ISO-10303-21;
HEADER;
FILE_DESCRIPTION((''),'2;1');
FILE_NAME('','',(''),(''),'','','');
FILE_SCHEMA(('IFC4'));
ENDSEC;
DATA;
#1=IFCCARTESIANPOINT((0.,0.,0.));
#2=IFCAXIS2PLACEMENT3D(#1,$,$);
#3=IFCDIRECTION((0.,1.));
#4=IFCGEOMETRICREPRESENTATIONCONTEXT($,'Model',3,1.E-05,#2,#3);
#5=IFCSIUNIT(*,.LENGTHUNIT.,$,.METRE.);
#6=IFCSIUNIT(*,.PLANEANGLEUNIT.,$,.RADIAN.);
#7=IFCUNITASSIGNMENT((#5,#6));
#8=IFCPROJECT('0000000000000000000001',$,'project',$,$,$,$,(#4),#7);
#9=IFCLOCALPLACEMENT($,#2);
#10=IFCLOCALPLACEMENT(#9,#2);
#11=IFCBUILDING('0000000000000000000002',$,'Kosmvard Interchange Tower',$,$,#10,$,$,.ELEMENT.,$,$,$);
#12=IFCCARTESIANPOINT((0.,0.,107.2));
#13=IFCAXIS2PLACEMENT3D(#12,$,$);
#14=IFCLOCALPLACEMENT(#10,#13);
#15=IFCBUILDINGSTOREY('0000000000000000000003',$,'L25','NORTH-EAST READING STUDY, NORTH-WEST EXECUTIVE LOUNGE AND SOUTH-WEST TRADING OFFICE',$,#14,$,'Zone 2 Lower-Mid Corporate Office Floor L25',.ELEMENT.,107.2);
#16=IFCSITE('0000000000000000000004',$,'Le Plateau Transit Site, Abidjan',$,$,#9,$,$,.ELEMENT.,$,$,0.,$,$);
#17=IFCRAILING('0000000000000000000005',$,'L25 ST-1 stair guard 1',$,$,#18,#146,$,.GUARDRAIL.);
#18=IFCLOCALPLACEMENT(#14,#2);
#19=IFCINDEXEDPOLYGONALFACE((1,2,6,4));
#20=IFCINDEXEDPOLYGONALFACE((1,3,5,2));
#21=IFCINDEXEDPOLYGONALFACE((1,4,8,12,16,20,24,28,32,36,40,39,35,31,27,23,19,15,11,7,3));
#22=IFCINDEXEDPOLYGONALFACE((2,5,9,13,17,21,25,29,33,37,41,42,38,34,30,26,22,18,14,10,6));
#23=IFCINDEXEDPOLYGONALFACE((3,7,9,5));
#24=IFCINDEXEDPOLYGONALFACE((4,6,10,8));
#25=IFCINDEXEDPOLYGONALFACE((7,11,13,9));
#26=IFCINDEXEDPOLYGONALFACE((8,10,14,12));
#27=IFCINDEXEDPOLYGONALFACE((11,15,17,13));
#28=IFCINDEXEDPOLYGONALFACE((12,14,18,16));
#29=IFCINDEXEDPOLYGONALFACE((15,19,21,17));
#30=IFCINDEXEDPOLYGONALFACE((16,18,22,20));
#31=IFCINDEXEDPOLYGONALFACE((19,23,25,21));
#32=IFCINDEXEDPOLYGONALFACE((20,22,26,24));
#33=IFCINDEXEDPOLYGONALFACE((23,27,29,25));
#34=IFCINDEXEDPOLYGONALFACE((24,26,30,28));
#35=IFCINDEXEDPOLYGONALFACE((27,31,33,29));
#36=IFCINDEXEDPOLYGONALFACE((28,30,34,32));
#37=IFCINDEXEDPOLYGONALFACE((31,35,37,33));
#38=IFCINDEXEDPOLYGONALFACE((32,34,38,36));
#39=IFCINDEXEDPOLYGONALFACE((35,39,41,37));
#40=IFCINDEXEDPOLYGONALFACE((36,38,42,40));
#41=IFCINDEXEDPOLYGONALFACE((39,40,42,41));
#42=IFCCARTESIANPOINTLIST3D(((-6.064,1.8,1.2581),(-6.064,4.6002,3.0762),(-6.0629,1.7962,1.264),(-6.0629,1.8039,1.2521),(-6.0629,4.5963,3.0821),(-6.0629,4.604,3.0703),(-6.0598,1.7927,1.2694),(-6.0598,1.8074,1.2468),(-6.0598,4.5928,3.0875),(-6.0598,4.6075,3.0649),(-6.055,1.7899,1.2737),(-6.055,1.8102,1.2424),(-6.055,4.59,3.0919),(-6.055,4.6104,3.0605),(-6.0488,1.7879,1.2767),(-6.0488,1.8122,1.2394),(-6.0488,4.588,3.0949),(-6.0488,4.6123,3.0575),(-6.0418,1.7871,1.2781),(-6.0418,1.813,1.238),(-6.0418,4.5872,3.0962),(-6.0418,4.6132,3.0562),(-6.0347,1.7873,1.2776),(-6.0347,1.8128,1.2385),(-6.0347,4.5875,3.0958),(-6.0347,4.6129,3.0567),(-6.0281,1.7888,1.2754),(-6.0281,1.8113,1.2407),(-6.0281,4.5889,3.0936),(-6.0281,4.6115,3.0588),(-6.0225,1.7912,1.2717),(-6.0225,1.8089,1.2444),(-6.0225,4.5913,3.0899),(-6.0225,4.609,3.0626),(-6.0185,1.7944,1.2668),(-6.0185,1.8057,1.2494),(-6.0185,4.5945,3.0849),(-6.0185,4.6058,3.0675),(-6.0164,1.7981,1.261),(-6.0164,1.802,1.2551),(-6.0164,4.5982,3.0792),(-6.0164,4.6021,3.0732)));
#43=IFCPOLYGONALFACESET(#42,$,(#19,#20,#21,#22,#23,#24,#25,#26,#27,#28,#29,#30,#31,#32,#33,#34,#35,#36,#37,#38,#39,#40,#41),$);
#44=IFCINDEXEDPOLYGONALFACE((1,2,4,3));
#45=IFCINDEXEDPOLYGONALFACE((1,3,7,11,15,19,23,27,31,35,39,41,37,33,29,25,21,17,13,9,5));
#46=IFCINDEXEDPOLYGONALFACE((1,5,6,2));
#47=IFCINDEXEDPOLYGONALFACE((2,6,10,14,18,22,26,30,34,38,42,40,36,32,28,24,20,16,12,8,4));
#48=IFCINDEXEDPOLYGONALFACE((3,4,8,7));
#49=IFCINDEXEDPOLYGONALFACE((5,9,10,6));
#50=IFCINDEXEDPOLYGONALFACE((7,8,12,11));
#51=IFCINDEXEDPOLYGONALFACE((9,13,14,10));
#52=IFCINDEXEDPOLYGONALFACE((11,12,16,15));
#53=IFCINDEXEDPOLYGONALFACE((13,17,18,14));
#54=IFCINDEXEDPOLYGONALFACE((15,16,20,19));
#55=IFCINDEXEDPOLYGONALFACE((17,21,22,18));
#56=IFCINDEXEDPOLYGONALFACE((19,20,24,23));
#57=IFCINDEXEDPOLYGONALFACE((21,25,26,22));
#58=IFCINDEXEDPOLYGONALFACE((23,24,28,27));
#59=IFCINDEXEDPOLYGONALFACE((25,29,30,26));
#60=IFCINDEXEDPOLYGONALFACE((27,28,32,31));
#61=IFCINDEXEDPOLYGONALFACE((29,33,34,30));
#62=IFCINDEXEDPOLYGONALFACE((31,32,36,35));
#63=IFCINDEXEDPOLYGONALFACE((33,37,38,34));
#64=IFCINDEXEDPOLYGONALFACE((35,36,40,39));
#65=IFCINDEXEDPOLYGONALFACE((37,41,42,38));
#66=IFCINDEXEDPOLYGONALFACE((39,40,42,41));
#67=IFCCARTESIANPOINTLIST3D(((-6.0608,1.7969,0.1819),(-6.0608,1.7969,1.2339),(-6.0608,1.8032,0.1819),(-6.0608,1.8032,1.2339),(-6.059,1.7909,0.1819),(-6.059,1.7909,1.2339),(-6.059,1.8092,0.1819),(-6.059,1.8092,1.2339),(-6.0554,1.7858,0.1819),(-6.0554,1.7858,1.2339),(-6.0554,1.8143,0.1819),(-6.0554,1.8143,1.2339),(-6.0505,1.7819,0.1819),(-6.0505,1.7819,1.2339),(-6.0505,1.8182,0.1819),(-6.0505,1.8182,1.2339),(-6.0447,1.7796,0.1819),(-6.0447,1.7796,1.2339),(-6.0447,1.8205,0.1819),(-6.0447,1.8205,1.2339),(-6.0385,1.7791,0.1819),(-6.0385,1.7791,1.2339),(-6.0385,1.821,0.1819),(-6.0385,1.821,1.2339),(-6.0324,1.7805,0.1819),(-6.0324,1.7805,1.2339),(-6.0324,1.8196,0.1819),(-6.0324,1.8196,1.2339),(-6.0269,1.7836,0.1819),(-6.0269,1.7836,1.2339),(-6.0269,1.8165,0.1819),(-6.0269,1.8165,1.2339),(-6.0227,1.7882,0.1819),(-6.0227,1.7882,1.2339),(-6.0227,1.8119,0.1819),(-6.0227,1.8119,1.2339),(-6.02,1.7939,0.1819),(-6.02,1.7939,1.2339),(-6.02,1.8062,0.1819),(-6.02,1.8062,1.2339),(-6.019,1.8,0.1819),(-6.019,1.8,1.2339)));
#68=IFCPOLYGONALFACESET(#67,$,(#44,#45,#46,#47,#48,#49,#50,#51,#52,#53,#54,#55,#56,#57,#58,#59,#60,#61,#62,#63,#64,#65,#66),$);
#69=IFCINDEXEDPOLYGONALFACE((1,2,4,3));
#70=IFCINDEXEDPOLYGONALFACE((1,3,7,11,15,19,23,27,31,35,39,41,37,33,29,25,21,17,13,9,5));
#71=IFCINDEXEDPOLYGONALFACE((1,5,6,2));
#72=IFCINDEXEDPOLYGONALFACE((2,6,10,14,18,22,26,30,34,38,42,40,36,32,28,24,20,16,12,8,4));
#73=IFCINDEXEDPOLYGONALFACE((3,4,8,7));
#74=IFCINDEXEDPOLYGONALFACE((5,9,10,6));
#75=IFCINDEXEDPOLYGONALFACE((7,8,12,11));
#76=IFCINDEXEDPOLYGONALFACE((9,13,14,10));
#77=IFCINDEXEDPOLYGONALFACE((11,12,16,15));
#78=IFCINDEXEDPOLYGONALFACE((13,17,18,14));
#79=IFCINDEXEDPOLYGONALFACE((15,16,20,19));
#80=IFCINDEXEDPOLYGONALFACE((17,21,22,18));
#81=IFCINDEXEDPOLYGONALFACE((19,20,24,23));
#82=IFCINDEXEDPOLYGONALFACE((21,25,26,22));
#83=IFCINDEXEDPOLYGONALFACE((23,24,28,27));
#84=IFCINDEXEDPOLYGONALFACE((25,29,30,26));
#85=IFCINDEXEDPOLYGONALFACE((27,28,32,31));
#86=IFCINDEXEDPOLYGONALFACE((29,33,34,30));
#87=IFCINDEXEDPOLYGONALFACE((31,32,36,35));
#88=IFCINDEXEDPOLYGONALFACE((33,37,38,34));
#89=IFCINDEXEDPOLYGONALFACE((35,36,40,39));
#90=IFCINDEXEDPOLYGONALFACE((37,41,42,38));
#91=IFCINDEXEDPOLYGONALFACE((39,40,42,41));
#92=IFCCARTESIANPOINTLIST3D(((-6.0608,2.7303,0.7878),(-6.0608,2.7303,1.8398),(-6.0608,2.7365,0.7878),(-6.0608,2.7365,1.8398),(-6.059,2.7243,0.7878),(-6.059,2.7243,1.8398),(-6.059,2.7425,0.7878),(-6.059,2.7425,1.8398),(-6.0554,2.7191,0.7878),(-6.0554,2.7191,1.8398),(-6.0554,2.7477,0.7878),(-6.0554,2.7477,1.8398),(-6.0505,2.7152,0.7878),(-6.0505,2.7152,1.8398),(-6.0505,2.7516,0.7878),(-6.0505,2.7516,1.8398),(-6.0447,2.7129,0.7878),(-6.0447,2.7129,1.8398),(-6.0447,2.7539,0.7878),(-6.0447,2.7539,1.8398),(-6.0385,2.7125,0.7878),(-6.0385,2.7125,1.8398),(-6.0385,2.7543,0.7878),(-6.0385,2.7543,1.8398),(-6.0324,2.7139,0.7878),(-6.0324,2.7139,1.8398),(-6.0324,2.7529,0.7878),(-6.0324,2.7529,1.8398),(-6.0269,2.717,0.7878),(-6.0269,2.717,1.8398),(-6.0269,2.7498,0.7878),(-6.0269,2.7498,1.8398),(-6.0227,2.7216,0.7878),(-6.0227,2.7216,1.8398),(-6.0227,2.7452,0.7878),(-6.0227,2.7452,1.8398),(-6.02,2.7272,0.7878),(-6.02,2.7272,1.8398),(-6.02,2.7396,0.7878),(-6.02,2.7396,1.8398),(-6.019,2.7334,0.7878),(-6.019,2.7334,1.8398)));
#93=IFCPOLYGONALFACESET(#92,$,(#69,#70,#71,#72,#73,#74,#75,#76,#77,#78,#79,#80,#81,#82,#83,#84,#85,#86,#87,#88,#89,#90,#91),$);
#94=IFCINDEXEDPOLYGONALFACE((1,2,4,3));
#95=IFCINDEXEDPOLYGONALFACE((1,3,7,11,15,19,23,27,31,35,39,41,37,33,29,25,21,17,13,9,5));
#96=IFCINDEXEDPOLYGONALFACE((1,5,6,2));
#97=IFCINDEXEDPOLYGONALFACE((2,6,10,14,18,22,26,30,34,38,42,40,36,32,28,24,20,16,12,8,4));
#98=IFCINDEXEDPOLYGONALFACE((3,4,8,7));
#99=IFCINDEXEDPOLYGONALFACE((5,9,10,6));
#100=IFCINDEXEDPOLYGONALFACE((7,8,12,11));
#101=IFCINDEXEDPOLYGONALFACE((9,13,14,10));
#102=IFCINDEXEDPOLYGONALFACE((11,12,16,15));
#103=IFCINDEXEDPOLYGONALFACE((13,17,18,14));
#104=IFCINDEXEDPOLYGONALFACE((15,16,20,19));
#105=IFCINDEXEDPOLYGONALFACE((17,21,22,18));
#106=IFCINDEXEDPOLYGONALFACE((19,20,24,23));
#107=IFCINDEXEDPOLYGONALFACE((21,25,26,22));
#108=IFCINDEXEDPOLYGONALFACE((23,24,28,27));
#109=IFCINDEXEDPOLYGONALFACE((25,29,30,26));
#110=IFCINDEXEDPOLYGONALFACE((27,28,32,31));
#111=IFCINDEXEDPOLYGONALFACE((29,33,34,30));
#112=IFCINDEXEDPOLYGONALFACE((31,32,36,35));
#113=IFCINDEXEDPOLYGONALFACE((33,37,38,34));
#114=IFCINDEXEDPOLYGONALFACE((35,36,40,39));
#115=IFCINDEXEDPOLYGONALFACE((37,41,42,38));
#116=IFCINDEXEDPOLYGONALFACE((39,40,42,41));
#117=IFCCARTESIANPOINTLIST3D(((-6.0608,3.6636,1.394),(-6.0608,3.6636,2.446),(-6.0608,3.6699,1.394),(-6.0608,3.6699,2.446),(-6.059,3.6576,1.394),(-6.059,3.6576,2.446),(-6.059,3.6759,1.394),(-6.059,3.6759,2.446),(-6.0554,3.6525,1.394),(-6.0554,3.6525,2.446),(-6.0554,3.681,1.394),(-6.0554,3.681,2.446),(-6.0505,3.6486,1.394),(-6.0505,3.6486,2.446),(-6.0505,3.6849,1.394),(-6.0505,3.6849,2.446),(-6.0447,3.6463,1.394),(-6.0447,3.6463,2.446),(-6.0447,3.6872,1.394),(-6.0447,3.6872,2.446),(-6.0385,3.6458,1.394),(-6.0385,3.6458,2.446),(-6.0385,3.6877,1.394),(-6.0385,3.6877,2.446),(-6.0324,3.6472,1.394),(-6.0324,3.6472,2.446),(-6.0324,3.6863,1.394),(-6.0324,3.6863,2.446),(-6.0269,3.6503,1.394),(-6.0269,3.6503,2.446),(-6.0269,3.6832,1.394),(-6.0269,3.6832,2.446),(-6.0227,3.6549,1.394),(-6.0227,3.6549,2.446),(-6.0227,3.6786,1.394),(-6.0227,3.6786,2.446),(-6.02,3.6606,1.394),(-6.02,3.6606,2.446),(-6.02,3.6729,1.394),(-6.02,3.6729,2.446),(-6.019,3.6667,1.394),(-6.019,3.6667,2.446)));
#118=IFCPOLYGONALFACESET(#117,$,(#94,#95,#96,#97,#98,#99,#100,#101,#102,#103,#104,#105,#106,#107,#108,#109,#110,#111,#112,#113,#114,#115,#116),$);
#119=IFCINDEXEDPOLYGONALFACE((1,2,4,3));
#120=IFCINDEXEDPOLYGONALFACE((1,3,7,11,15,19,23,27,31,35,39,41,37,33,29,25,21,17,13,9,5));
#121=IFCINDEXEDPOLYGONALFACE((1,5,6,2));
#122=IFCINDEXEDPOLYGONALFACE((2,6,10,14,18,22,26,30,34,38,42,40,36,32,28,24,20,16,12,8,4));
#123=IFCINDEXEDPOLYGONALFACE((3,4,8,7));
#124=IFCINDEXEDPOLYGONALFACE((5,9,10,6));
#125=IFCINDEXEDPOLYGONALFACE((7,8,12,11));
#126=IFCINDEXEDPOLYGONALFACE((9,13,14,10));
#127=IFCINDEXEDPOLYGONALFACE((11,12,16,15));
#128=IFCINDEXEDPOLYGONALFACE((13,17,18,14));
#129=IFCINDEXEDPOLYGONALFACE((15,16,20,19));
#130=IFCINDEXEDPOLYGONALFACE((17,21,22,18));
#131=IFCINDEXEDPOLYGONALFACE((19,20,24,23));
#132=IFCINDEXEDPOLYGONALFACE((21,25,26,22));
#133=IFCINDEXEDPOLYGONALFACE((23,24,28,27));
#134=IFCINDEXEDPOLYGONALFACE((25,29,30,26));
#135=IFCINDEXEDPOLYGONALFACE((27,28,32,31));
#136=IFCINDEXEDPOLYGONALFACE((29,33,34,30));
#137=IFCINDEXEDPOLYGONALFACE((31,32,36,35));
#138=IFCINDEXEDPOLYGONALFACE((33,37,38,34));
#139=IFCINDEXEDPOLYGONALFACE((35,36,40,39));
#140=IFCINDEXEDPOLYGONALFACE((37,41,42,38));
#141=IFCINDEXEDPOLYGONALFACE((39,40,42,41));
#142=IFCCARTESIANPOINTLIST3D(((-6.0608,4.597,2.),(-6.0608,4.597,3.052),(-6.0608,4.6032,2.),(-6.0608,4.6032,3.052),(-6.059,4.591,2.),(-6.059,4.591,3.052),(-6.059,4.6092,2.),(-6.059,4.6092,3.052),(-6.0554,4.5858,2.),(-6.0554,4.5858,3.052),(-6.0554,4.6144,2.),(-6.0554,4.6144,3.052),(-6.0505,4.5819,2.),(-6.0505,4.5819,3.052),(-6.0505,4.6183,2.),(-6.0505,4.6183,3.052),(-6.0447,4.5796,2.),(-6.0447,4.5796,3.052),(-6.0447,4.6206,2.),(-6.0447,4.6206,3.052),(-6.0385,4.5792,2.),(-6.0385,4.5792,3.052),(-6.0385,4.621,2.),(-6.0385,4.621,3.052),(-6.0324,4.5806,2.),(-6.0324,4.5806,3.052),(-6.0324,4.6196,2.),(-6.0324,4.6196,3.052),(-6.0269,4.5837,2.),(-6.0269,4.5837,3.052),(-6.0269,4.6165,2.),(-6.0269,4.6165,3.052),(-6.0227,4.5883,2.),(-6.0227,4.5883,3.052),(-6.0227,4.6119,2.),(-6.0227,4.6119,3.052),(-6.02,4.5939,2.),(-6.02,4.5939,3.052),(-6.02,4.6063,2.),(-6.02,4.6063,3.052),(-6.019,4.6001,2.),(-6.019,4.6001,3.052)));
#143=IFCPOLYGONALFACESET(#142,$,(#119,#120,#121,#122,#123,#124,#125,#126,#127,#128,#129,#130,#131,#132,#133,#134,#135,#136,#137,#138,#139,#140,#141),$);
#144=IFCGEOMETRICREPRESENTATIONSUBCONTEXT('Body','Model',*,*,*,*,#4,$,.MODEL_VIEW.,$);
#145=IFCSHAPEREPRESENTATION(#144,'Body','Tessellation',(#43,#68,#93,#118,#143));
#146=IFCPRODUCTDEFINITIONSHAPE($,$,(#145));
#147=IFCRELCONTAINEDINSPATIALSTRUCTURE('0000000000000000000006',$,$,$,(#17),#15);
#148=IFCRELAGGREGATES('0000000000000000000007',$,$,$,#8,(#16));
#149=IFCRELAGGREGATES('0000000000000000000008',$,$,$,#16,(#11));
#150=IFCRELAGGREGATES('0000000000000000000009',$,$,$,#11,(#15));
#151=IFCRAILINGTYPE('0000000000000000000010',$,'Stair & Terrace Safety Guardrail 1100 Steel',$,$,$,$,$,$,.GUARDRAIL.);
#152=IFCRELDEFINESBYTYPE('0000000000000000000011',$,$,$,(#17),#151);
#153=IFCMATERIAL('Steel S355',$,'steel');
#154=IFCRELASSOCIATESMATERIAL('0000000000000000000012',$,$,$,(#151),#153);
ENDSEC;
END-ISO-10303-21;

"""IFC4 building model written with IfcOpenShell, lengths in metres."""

from ifc_helpers import new_model, si_unit, direction, frame, origin, origin_2d, place, context, subcontext, project, spatial, circle, extrude, source, transform, mapped, material, type_object, element, save


model = new_model("IFC4")

# Units and contexts
model_context = context("Model", 3, precision=1e-05, world=origin(), true_north=direction((0.0, 1.0)))
body_context = subcontext(model_context, "Body", "Model", "MODEL_VIEW")
ifc_project = project(units=[si_unit("LENGTHUNIT", "METRE"), si_unit("PLANEANGLEUNIT", "RADIAN")], contexts=[model_context])

# Site, building, storey
site_placement = place(None, origin())
site = spatial("IfcSite", under=ifc_project, at=site_placement, Name="Le Plateau Transit Site, Abidjan", CompositionType="ELEMENT", RefElevation=0.0)
building_placement = place(site_placement, origin())
building = spatial("IfcBuilding", under=site, at=building_placement, Name="Kosmvard Interchange Tower", CompositionType="ELEMENT")
storey_placement = place(building_placement, frame((0.0, 0.0, 107.2)))
storey = spatial("IfcBuildingStorey", under=building, at=storey_placement, Name="L25", Description="NORTH-EAST READING STUDY, NORTH-WEST EXECUTIVE LOUNGE AND SOUTH-WEST TRADING OFFICE", LongName="Zone 2 Lower-Mid Corporate Office Floor L25", CompositionType="ELEMENT", Elevation=107.2)

# Shared definitions
ifc_material_1 = material(Name="Steel S355", Category="steel")

# Railing
railing_type_1 = type_object("IfcRailingType", Name="Stair & Terrace Safety Guardrail 1100 Steel", PredefinedType="GUARDRAIL", material=ifc_material_1)
shared_shape_1 = source(origin(), body_context, "Body", "SweptSolid", [
    extrude(circle(Radius=0.0239, at=origin_2d()), frame((0.0, 0.0, 1.0762), z_axis=(0.0, 0.838706, 0.544585), x_axis=(-1.0, 0.0, 0.0)), (0.0, 0.0, 1.0), 3.3386),
    extrude(circle(Radius=0.021, at=origin_2d()), origin(), (0.0, 0.0, 1.0), 1.052),
    extrude(circle(Radius=0.021, at=origin_2d()), frame((0.0, 0.9333, 0.606)), (0.0, 0.0, 1.0), 1.052),
    extrude(circle(Radius=0.021, at=origin_2d()), frame((0.0, 1.8667, 1.2122)), (0.0, 0.0, 1.0), 1.052),
    extrude(circle(Radius=0.021, at=origin_2d()), frame((0.0, 2.8, 1.8181)), (0.0, 0.0, 1.0), 1.052),
])
railing_1_placement = place(storey_placement, frame((-6.04, 1.8, 0.1819)))
element("IfcRailing", 1, at=railing_1_placement, inside=storey, type_object=railing_type_1, Name="L25 ST-1 stair guard 1", PredefinedType="GUARDRAIL", context=body_context, shape_type="MappedRepresentation", body=[
    mapped(shared_shape_1, transform((0.0, 0.0, 0.0), scale=1.0)),
])

save(model, "model.ifc")
